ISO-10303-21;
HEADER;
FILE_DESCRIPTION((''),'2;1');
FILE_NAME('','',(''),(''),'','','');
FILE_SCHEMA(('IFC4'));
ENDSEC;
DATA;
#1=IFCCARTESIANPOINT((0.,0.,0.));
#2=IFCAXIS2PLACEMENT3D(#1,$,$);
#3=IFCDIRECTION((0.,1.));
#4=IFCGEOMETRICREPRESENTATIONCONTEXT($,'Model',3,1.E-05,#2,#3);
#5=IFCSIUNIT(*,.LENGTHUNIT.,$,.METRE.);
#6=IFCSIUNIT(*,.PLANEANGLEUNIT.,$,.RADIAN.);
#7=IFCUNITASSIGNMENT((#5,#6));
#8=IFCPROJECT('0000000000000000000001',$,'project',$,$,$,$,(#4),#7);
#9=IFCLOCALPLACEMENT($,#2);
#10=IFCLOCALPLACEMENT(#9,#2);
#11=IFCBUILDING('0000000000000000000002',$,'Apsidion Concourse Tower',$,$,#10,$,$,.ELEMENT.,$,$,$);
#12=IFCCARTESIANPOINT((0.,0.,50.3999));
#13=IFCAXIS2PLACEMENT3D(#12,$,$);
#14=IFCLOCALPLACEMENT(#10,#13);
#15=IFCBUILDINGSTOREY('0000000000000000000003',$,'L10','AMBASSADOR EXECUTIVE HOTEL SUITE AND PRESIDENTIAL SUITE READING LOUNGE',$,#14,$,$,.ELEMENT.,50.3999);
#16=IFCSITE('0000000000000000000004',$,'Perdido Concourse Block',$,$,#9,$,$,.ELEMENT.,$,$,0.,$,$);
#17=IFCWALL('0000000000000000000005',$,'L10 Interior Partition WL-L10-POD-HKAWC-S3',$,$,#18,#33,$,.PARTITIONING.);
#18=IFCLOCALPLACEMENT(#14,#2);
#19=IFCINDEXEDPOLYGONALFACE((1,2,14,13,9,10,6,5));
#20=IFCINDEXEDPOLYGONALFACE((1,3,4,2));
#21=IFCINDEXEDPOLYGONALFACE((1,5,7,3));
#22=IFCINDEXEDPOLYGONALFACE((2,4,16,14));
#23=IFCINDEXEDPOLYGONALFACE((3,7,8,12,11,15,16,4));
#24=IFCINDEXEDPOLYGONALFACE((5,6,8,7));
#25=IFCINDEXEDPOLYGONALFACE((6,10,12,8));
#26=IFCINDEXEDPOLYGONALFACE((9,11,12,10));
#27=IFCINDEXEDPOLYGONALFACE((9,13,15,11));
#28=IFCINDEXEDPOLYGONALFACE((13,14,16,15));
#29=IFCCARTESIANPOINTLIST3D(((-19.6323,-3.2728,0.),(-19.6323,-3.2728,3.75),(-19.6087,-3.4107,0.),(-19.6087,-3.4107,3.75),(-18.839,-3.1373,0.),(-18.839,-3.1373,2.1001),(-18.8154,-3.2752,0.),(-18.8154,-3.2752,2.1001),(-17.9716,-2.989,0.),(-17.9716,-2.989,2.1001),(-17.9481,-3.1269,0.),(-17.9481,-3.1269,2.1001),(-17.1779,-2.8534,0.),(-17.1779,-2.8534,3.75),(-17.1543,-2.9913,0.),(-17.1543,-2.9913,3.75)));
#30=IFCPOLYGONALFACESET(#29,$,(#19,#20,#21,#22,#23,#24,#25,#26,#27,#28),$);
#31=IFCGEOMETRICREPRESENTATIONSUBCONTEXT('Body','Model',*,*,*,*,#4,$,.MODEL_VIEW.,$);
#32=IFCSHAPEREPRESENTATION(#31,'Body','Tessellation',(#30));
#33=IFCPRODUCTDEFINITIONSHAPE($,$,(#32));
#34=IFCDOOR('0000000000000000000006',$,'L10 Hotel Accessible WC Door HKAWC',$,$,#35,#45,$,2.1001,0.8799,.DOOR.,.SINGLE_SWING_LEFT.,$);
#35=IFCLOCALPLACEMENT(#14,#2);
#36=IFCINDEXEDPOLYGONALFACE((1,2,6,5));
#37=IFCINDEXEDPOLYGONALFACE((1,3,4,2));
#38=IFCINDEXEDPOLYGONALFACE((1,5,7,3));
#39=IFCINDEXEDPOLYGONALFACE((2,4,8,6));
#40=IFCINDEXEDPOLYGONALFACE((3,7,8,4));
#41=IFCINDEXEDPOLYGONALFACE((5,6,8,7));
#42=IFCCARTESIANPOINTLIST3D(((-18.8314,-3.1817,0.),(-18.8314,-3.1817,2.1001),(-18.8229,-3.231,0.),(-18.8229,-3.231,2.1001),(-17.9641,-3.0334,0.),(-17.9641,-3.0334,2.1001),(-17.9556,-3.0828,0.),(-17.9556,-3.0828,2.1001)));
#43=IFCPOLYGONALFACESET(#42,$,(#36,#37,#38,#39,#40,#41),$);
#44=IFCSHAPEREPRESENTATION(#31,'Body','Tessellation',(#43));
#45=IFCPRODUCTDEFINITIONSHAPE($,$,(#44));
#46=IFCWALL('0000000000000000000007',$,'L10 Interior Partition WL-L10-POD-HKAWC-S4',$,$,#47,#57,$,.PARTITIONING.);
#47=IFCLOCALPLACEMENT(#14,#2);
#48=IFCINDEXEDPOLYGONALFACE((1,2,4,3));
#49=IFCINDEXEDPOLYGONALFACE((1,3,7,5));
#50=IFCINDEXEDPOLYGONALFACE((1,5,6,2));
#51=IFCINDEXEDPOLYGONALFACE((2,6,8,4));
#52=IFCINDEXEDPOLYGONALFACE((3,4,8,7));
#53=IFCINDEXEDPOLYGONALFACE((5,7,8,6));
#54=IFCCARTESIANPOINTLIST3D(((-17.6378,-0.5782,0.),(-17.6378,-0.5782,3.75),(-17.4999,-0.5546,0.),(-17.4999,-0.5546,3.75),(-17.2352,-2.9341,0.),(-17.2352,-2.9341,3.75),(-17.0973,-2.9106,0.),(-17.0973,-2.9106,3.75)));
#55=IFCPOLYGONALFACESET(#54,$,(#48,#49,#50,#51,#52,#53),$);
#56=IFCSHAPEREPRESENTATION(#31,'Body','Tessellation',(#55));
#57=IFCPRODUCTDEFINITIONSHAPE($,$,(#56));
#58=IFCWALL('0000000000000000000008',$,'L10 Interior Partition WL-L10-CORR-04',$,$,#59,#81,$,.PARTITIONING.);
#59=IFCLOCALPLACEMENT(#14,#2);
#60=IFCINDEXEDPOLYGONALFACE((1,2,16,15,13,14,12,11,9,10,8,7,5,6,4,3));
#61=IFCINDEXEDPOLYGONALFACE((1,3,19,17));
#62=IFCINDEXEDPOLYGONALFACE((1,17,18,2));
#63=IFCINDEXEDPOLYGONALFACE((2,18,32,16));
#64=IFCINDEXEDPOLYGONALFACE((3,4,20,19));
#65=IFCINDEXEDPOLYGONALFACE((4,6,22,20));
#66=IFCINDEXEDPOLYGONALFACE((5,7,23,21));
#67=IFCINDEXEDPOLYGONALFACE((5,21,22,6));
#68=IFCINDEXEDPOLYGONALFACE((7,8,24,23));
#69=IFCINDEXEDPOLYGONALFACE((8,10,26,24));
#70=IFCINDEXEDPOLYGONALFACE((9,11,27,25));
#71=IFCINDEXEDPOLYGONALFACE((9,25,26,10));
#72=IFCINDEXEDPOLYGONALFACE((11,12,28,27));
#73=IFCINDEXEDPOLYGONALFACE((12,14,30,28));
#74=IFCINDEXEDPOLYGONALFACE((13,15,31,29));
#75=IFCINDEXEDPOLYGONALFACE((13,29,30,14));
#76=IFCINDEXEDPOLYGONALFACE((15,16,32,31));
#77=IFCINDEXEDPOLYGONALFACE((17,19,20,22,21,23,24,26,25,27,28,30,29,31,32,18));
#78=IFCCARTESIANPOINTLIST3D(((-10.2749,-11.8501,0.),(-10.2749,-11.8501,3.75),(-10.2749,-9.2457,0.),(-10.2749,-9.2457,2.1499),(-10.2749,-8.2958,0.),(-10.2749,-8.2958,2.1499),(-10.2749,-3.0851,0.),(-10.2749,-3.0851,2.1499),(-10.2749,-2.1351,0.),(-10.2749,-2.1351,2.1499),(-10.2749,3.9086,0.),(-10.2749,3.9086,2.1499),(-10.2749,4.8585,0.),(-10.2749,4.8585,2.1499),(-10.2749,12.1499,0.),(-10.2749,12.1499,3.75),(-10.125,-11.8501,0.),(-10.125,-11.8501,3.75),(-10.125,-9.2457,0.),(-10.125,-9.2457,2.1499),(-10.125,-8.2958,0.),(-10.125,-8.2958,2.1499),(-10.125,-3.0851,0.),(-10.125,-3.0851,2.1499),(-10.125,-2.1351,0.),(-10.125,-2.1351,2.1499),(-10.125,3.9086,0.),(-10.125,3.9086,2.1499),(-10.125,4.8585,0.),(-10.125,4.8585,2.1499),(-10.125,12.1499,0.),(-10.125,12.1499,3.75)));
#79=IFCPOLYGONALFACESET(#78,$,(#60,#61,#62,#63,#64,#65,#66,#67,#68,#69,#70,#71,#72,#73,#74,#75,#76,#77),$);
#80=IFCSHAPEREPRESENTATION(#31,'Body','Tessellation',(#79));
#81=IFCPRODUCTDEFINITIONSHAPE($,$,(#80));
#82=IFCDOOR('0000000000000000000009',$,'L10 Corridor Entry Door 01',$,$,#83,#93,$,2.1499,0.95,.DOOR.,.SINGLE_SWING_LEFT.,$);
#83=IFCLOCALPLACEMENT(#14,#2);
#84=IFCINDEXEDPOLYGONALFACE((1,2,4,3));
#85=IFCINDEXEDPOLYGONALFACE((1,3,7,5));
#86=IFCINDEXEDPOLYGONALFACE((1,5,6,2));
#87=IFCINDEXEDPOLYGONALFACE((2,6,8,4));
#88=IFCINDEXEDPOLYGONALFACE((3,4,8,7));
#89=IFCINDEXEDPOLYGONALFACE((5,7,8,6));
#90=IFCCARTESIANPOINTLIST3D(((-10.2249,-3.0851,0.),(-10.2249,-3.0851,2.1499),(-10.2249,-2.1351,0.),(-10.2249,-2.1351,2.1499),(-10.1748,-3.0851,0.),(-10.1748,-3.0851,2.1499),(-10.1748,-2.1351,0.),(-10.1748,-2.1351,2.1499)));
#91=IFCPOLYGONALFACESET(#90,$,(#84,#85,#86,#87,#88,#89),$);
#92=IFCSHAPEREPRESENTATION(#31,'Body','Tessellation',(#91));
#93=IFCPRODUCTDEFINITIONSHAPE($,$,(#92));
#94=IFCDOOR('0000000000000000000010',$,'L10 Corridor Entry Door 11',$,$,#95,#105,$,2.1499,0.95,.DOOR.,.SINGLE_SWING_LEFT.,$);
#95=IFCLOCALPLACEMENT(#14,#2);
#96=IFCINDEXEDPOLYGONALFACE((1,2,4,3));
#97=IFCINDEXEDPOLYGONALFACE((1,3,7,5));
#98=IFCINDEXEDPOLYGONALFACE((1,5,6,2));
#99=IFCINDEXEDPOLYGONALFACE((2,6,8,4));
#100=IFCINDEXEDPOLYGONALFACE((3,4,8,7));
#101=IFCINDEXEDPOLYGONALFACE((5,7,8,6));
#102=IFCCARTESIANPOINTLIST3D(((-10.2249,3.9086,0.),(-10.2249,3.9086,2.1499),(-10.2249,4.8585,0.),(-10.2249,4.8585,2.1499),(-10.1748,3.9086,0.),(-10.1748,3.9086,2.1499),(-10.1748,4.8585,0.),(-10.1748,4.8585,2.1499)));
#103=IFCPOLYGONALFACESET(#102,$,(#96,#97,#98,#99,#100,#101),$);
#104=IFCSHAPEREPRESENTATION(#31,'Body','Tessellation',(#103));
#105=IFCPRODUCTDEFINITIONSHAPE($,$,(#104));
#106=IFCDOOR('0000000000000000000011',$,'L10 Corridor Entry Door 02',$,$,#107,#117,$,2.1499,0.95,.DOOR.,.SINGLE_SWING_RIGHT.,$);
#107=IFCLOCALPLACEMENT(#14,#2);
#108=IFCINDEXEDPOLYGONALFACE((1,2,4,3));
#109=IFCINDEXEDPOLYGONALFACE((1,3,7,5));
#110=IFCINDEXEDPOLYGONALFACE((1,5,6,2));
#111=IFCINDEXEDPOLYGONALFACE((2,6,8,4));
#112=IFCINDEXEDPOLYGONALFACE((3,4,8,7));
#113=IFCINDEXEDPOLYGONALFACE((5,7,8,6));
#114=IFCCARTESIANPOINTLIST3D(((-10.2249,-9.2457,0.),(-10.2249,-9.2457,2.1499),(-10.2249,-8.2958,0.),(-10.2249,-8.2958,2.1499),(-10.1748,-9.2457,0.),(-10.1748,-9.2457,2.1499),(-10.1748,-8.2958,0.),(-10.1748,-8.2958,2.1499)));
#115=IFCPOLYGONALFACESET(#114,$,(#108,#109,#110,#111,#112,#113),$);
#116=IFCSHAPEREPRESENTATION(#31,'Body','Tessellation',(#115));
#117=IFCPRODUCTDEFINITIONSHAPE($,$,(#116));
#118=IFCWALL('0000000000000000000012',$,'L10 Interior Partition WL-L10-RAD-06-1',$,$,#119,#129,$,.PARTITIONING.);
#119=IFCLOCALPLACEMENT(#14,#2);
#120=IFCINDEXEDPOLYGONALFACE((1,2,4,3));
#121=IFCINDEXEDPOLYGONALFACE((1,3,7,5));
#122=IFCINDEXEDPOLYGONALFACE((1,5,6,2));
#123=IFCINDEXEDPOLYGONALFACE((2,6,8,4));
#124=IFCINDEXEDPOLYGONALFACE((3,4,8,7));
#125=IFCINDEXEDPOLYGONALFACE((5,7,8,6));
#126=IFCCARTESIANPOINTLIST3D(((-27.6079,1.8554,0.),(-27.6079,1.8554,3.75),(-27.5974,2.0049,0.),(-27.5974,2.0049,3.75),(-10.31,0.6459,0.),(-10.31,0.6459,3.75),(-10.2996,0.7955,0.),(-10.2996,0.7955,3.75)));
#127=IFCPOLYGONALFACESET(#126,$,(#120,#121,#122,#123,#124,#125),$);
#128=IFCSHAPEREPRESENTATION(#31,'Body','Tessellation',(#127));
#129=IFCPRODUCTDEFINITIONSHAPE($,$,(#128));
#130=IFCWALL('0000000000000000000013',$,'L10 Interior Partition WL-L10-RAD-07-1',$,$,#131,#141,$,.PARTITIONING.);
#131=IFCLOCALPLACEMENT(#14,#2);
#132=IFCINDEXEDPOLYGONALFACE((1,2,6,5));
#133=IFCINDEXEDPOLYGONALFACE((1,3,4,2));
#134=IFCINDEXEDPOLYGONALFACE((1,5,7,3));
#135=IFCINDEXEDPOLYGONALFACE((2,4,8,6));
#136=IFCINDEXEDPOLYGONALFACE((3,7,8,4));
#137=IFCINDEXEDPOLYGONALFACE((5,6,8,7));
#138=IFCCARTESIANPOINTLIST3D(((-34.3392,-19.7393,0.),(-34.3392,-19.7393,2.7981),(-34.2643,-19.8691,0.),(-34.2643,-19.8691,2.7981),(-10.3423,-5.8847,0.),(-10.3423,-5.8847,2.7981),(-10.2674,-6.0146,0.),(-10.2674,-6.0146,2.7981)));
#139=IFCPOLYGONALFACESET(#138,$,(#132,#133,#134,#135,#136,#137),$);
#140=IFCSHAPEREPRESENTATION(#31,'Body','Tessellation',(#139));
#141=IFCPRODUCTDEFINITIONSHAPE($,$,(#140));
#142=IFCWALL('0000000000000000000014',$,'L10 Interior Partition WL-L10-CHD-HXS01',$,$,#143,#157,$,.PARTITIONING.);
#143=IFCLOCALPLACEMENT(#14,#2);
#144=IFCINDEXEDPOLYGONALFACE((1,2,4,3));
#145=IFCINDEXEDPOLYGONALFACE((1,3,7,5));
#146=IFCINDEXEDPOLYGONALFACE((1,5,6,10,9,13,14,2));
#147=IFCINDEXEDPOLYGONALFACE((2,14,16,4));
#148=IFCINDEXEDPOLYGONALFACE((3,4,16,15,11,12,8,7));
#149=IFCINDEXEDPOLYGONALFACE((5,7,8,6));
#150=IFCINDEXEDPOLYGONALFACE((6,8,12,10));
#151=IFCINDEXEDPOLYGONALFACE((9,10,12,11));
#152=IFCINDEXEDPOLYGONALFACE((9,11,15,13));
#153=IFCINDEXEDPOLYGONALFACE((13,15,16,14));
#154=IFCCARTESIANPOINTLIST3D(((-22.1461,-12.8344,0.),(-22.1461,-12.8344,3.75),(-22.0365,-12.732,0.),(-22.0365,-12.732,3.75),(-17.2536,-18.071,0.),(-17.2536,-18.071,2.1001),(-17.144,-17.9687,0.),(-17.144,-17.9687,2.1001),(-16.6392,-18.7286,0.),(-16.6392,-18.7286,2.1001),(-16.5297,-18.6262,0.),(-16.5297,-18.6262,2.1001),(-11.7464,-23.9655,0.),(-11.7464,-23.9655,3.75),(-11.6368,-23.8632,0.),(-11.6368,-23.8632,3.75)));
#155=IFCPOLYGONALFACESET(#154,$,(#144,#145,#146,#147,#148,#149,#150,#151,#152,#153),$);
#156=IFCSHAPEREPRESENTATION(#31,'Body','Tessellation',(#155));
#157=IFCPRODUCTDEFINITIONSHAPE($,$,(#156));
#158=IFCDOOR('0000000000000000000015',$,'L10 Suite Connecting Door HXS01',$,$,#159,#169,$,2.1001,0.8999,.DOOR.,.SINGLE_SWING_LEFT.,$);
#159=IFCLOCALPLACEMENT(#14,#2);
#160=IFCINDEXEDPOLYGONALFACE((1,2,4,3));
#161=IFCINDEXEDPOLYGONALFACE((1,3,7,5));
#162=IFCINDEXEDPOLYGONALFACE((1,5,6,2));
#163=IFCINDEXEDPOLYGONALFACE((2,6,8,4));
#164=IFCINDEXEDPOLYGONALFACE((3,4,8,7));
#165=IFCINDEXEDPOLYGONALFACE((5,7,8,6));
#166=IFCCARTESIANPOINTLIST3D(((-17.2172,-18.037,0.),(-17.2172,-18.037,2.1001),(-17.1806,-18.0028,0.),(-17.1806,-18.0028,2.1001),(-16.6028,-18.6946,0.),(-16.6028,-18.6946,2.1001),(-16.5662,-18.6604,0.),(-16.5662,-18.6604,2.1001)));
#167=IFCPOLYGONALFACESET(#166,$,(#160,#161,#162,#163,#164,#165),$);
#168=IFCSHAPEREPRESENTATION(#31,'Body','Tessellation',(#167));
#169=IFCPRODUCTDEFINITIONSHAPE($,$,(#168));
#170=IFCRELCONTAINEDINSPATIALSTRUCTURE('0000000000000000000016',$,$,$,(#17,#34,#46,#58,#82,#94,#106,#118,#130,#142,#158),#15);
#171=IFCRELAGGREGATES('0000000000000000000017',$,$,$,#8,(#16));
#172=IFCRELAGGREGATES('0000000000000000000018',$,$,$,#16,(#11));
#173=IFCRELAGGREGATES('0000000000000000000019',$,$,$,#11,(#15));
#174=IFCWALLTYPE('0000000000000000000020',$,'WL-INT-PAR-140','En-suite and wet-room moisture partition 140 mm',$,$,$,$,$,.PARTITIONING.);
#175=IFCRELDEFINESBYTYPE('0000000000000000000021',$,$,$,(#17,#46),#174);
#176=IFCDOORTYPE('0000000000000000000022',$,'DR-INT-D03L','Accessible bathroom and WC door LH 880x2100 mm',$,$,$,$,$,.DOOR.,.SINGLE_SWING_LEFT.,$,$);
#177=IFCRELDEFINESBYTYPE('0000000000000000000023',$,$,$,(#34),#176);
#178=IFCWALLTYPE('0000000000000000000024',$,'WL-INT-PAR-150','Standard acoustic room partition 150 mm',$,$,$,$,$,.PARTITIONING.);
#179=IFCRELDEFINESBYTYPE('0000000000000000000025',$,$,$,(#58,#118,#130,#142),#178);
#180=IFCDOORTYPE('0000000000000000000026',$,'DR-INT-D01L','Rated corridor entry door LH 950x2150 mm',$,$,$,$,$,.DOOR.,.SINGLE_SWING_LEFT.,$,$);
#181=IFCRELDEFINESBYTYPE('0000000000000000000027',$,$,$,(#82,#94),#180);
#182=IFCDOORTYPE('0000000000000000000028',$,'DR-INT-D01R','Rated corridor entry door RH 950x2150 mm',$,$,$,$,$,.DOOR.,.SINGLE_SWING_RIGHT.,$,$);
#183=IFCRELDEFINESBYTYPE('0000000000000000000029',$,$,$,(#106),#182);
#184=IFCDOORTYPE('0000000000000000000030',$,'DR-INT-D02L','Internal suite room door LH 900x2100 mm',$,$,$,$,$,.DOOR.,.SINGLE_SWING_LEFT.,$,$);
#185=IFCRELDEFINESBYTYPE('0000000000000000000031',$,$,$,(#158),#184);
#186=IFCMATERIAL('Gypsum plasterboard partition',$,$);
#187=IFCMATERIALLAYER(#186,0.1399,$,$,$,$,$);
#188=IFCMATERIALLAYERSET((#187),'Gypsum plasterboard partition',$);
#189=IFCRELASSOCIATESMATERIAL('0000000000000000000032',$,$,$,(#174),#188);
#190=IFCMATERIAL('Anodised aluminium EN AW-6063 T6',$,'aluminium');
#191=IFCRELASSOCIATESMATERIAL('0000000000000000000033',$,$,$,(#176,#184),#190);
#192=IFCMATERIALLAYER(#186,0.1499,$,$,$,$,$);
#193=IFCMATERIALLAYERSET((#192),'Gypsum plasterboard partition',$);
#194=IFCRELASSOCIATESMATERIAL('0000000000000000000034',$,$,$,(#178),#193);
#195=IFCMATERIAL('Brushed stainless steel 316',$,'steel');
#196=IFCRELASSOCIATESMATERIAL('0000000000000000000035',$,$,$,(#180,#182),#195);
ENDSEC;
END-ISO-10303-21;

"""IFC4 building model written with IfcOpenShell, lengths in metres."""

from ifc_helpers import new_model, si_unit, direction, frame, frame_2d, origin, place, context, subcontext, project, spatial, rectangle, extrude, material, layer, layer_set, type_object, element, fill, save


model = new_model("IFC4")

# Units and contexts
model_context = context("Model", 3, precision=1e-05, world=origin(), true_north=direction((0.0, 1.0)))
body_context = subcontext(model_context, "Body", "Model", "MODEL_VIEW")
ifc_project = project(units=[si_unit("LENGTHUNIT", "METRE"), si_unit("PLANEANGLEUNIT", "RADIAN")], contexts=[model_context])

# Site, building, storey
site_placement = place(None, origin())
site = spatial("IfcSite", under=ifc_project, at=site_placement, Name="Perdido Concourse Block", CompositionType="ELEMENT", RefElevation=0.0)
building_placement = place(site_placement, origin())
building = spatial("IfcBuilding", under=site, at=building_placement, Name="Apsidion Concourse Tower", CompositionType="ELEMENT")
storey_placement = place(building_placement, frame((0.0, 0.0, 50.3999)))
storey = spatial("IfcBuildingStorey", under=building, at=storey_placement, Name="L10", Description="AMBASSADOR EXECUTIVE HOTEL SUITE AND PRESIDENTIAL SUITE READING LOUNGE", CompositionType="ELEMENT", Elevation=50.3999)

# Shared definitions
ifc_material_1 = material(Name="Anodised aluminium EN AW-6063 T6", Category="aluminium")

# Shared definitions
ifc_material_2 = material(Name="Gypsum plasterboard partition")
ifc_layer_1 = layer(ifc_material_2, 0.1399)
ifc_layer_set_1 = layer_set([ifc_layer_1], Name="Gypsum plasterboard partition")
wall_type_1 = type_object("IfcWallType", Name="WL-INT-PAR-140", Description="En-suite and wet-room moisture partition 140 mm", PredefinedType="PARTITIONING", material=ifc_layer_set_1)

# Wall, opening, door
wall_1_placement = place(storey_placement, frame((-19.6206, -3.3418, 0.0), z_axis=(0.0, 0.0, 1.0), x_axis=(0.98571, 0.168452, 0.0)))
wall_1 = element("IfcWall", 1, at=wall_1_placement, inside=storey, type_object=wall_type_1, Name="L10 Interior Partition WL-L10-POD-HKAWC-S3", PredefinedType="PARTITIONING", context=body_context, shape_type="SweptSolid", body=[
    extrude(rectangle(XDim=2.49, YDim=0.1399, at=frame_2d((1.2451, 0.0))), origin(), (0.0, 0.0, 1.0), 3.75),
])
opening_1_placement = place(wall_1_placement, frame((0.8049, 0.0, 0.0)))
opening_1 = element("IfcOpeningElement", 2, at=opening_1_placement, cuts=wall_1, PredefinedType="OPENING", context=body_context, shape_type="SweptSolid", body=[
    extrude(rectangle(XDim=0.8799, YDim=2.1001, at=frame_2d((0.4399, 1.05))), frame((0.0, 0.0801, 0.0), z_axis=(0.0, -1.0, 0.0), x_axis=(1.0, 0.0, 0.0)), (0.0, 0.0, 1.0), 0.1599),
])
door_type_1 = type_object("IfcDoorType", Name="DR-INT-D03L", Description="Accessible bathroom and WC door LH 880x2100 mm", OperationType="SINGLE_SWING_LEFT", PredefinedType="DOOR", material=ifc_material_1)
door_1_placement = place(opening_1_placement, origin())
door_1 = element("IfcDoor", 3, at=door_1_placement, inside=storey, type_object=door_type_1, Name="L10 Hotel Accessible WC Door HKAWC", OperationType="SINGLE_SWING_LEFT", OverallHeight=2.1001, OverallWidth=0.8799, PredefinedType="DOOR", context=body_context, shape_type="SweptSolid", body=[
    extrude(rectangle(XDim=0.8799, YDim=2.1001, at=frame_2d((0.4399, 1.05))), frame((0.0, 0.0249, 0.0), z_axis=(0.0, -1.0, 0.0), x_axis=(1.0, 0.0, 0.0)), (0.0, 0.0, 1.0), 0.05),
])
fill(opening_1, door_1)

# Wall
wall_2_placement = place(storey_placement, frame((-17.1663, -2.9224, 0.0), z_axis=(0.0, 0.0, 1.0), x_axis=(-0.168439, 0.985712, 0.0)))
element("IfcWall", 4, at=wall_2_placement, inside=storey, type_object=wall_type_1, Name="L10 Interior Partition WL-L10-POD-HKAWC-S4", PredefinedType="PARTITIONING", context=body_context, shape_type="SweptSolid", body=[
    extrude(rectangle(XDim=2.3901, YDim=0.1399, at=frame_2d((1.1951, 0.0))), origin(), (0.0, 0.0, 1.0), 3.75),
])

# Wall, openings, doors
ifc_layer_2 = layer(ifc_material_2, 0.1499)
ifc_layer_set_2 = layer_set([ifc_layer_2], Name="Gypsum plasterboard partition")
wall_type_2 = type_object("IfcWallType", Name="WL-INT-PAR-150", Description="Standard acoustic room partition 150 mm", PredefinedType="PARTITIONING", material=ifc_layer_set_2)
wall_3_placement = place(storey_placement, frame((-10.2, -11.8501, 0.0), z_axis=(0.0, 0.0, 1.0), x_axis=(0.0, 1.0, 0.0)))
wall_3 = element("IfcWall", 5, at=wall_3_placement, inside=storey, type_object=wall_type_2, Name="L10 Interior Partition WL-L10-CORR-04", PredefinedType="PARTITIONING", context=body_context, shape_type="SweptSolid", body=[
    extrude(rectangle(XDim=24.0, YDim=0.1499, at=frame_2d((12.0, 0.0))), origin(), (0.0, 0.0, 1.0), 3.75),
])
opening_2_placement = place(wall_3_placement, frame((8.7649, 0.0, 0.0)))
opening_2 = element("IfcOpeningElement", 6, at=opening_2_placement, cuts=wall_3, PredefinedType="OPENING", context=body_context, shape_type="SweptSolid", body=[
    extrude(rectangle(XDim=0.95, YDim=2.1499, at=frame_2d((0.4751, 1.075))), frame((0.0, 0.085, 0.0), z_axis=(0.0, -1.0, 0.0), x_axis=(1.0, 0.0, 0.0)), (0.0, 0.0, 1.0), 0.1699),
])
opening_3_placement = place(wall_3_placement, frame((2.6042, 0.0, 0.0)))
opening_3 = element("IfcOpeningElement", 7, at=opening_3_placement, cuts=wall_3, PredefinedType="OPENING", context=body_context, shape_type="SweptSolid", body=[
    extrude(rectangle(XDim=0.95, YDim=2.1499, at=frame_2d((0.4751, 1.075))), frame((0.0, 0.085, 0.0), z_axis=(0.0, -1.0, 0.0), x_axis=(1.0, 0.0, 0.0)), (0.0, 0.0, 1.0), 0.1699),
])
opening_4_placement = place(wall_3_placement, frame((15.7585, 0.0, 0.0)))
opening_4 = element("IfcOpeningElement", 8, at=opening_4_placement, cuts=wall_3, PredefinedType="OPENING", context=body_context, shape_type="SweptSolid", body=[
    extrude(rectangle(XDim=0.95, YDim=2.1499, at=frame_2d((0.4751, 1.075))), frame((0.0, 0.085, 0.0), z_axis=(0.0, -1.0, 0.0), x_axis=(1.0, 0.0, 0.0)), (0.0, 0.0, 1.0), 0.1699),
])
ifc_material_3 = material(Name="Brushed stainless steel 316", Category="steel")
door_type_2 = type_object("IfcDoorType", Name="DR-INT-D01L", Description="Rated corridor entry door LH 950x2150 mm", OperationType="SINGLE_SWING_LEFT", PredefinedType="DOOR", material=ifc_material_3)
door_2_placement = place(opening_2_placement, origin())
door_2 = element("IfcDoor", 9, at=door_2_placement, inside=storey, type_object=door_type_2, Name="L10 Corridor Entry Door 01", OperationType="SINGLE_SWING_LEFT", OverallHeight=2.1499, OverallWidth=0.95, PredefinedType="DOOR", context=body_context, shape_type="SweptSolid", body=[
    extrude(rectangle(XDim=0.95, YDim=2.1499, at=frame_2d((0.4751, 1.075))), frame((0.0, 0.0249, 0.0), z_axis=(0.0, -1.0, 0.0), x_axis=(1.0, 0.0, 0.0)), (0.0, 0.0, 1.0), 0.05),
])
fill(opening_2, door_2)
door_3_placement = place(opening_4_placement, origin())
door_3 = element("IfcDoor", 10, at=door_3_placement, inside=storey, type_object=door_type_2, Name="L10 Corridor Entry Door 11", OperationType="SINGLE_SWING_LEFT", OverallHeight=2.1499, OverallWidth=0.95, PredefinedType="DOOR", context=body_context, shape_type="SweptSolid", body=[
    extrude(rectangle(XDim=0.95, YDim=2.1499, at=frame_2d((0.4751, 1.075))), frame((0.0, 0.0249, 0.0), z_axis=(0.0, -1.0, 0.0), x_axis=(1.0, 0.0, 0.0)), (0.0, 0.0, 1.0), 0.05),
])
fill(opening_4, door_3)
door_type_3 = type_object("IfcDoorType", Name="DR-INT-D01R", Description="Rated corridor entry door RH 950x2150 mm", OperationType="SINGLE_SWING_RIGHT", PredefinedType="DOOR", material=ifc_material_3)
door_4_placement = place(opening_3_placement, origin())
door_4 = element("IfcDoor", 11, at=door_4_placement, inside=storey, type_object=door_type_3, Name="L10 Corridor Entry Door 02", OperationType="SINGLE_SWING_RIGHT", OverallHeight=2.1499, OverallWidth=0.95, PredefinedType="DOOR", context=body_context, shape_type="SweptSolid", body=[
    extrude(rectangle(XDim=0.95, YDim=2.1499, at=frame_2d((0.4751, 1.075))), frame((0.0, 0.0249, 0.0), z_axis=(0.0, -1.0, 0.0), x_axis=(1.0, 0.0, 0.0)), (0.0, 0.0, 1.0), 0.05),
])
fill(opening_3, door_4)

# Walls
wall_4_placement = place(storey_placement, frame((-10.3049, 0.7207, 0.0), z_axis=(0.0, 0.0, 1.0), x_axis=(-0.997564, 0.06975, 0.0)))
element("IfcWall", 12, at=wall_4_placement, inside=storey, type_object=wall_type_2, Name="L10 Interior Partition WL-L10-RAD-06-1", PredefinedType="PARTITIONING", context=body_context, shape_type="SweptSolid", body=[
    extrude(rectangle(XDim=17.3401, YDim=0.1499, at=frame_2d((8.6699, 0.0))), origin(), (0.0, 0.0, 1.0), 3.75),
])
wall_5_placement = place(storey_placement, frame((-10.3049, -5.9497, 0.0), z_axis=(0.0, 0.0, 1.0), x_axis=(-0.866027, -0.499998, 0.0)))
element("IfcWall", 13, at=wall_5_placement, inside=storey, type_object=wall_type_2, Name="L10 Interior Partition WL-L10-RAD-07-1", PredefinedType="PARTITIONING", context=body_context, shape_type="SweptSolid", body=[
    extrude(rectangle(XDim=27.7092, YDim=0.1499, at=frame_2d((13.8545, 0.0))), origin(), (0.0, 0.0, 1.0), 2.7981),
])

# Wall, opening, door
wall_6_placement = place(storey_placement, frame((-22.0913, -12.7832, 0.0), z_axis=(0.0, 0.0, 1.0), x_axis=(0.682691, -0.730707, 0.0)))
wall_6 = element("IfcWall", 14, at=wall_6_placement, inside=storey, type_object=wall_type_2, Name="L10 Interior Partition WL-L10-CHD-HXS01", PredefinedType="PARTITIONING", context=body_context, shape_type="SweptSolid", body=[
    extrude(rectangle(XDim=15.2334, YDim=0.1499, at=frame_2d((7.6167, 0.0))), origin(), (0.0, 0.0, 1.0), 3.75),
])
opening_5_placement = place(wall_6_placement, frame((7.1665, 0.0, 0.0)))
opening_5 = element("IfcOpeningElement", 15, at=opening_5_placement, cuts=wall_6, PredefinedType="OPENING", context=body_context, shape_type="SweptSolid", body=[
    extrude(rectangle(XDim=0.8999, YDim=2.1001, at=frame_2d((0.45, 1.05))), frame((0.0, 0.085, 0.0), z_axis=(0.0, -1.0, 0.0), x_axis=(1.0, 0.0, 0.0)), (0.0, 0.0, 1.0), 0.1699),
])
door_type_4 = type_object("IfcDoorType", Name="DR-INT-D02L", Description="Internal suite room door LH 900x2100 mm", OperationType="SINGLE_SWING_LEFT", PredefinedType="DOOR", material=ifc_material_1)
door_5_placement = place(opening_5_placement, origin())
door_5 = element("IfcDoor", 16, at=door_5_placement, inside=storey, type_object=door_type_4, Name="L10 Suite Connecting Door HXS01", OperationType="SINGLE_SWING_LEFT", OverallHeight=2.1001, OverallWidth=0.8999, PredefinedType="DOOR", context=body_context, shape_type="SweptSolid", body=[
    extrude(rectangle(XDim=0.8999, YDim=2.1001, at=frame_2d((0.45, 1.05))), frame((0.0, 0.0249, 0.0), z_axis=(0.0, -1.0, 0.0), x_axis=(1.0, 0.0, 0.0)), (0.0, 0.0, 1.0), 0.05),
])
fill(opening_5, door_5)

save(model, "model.ifc")
